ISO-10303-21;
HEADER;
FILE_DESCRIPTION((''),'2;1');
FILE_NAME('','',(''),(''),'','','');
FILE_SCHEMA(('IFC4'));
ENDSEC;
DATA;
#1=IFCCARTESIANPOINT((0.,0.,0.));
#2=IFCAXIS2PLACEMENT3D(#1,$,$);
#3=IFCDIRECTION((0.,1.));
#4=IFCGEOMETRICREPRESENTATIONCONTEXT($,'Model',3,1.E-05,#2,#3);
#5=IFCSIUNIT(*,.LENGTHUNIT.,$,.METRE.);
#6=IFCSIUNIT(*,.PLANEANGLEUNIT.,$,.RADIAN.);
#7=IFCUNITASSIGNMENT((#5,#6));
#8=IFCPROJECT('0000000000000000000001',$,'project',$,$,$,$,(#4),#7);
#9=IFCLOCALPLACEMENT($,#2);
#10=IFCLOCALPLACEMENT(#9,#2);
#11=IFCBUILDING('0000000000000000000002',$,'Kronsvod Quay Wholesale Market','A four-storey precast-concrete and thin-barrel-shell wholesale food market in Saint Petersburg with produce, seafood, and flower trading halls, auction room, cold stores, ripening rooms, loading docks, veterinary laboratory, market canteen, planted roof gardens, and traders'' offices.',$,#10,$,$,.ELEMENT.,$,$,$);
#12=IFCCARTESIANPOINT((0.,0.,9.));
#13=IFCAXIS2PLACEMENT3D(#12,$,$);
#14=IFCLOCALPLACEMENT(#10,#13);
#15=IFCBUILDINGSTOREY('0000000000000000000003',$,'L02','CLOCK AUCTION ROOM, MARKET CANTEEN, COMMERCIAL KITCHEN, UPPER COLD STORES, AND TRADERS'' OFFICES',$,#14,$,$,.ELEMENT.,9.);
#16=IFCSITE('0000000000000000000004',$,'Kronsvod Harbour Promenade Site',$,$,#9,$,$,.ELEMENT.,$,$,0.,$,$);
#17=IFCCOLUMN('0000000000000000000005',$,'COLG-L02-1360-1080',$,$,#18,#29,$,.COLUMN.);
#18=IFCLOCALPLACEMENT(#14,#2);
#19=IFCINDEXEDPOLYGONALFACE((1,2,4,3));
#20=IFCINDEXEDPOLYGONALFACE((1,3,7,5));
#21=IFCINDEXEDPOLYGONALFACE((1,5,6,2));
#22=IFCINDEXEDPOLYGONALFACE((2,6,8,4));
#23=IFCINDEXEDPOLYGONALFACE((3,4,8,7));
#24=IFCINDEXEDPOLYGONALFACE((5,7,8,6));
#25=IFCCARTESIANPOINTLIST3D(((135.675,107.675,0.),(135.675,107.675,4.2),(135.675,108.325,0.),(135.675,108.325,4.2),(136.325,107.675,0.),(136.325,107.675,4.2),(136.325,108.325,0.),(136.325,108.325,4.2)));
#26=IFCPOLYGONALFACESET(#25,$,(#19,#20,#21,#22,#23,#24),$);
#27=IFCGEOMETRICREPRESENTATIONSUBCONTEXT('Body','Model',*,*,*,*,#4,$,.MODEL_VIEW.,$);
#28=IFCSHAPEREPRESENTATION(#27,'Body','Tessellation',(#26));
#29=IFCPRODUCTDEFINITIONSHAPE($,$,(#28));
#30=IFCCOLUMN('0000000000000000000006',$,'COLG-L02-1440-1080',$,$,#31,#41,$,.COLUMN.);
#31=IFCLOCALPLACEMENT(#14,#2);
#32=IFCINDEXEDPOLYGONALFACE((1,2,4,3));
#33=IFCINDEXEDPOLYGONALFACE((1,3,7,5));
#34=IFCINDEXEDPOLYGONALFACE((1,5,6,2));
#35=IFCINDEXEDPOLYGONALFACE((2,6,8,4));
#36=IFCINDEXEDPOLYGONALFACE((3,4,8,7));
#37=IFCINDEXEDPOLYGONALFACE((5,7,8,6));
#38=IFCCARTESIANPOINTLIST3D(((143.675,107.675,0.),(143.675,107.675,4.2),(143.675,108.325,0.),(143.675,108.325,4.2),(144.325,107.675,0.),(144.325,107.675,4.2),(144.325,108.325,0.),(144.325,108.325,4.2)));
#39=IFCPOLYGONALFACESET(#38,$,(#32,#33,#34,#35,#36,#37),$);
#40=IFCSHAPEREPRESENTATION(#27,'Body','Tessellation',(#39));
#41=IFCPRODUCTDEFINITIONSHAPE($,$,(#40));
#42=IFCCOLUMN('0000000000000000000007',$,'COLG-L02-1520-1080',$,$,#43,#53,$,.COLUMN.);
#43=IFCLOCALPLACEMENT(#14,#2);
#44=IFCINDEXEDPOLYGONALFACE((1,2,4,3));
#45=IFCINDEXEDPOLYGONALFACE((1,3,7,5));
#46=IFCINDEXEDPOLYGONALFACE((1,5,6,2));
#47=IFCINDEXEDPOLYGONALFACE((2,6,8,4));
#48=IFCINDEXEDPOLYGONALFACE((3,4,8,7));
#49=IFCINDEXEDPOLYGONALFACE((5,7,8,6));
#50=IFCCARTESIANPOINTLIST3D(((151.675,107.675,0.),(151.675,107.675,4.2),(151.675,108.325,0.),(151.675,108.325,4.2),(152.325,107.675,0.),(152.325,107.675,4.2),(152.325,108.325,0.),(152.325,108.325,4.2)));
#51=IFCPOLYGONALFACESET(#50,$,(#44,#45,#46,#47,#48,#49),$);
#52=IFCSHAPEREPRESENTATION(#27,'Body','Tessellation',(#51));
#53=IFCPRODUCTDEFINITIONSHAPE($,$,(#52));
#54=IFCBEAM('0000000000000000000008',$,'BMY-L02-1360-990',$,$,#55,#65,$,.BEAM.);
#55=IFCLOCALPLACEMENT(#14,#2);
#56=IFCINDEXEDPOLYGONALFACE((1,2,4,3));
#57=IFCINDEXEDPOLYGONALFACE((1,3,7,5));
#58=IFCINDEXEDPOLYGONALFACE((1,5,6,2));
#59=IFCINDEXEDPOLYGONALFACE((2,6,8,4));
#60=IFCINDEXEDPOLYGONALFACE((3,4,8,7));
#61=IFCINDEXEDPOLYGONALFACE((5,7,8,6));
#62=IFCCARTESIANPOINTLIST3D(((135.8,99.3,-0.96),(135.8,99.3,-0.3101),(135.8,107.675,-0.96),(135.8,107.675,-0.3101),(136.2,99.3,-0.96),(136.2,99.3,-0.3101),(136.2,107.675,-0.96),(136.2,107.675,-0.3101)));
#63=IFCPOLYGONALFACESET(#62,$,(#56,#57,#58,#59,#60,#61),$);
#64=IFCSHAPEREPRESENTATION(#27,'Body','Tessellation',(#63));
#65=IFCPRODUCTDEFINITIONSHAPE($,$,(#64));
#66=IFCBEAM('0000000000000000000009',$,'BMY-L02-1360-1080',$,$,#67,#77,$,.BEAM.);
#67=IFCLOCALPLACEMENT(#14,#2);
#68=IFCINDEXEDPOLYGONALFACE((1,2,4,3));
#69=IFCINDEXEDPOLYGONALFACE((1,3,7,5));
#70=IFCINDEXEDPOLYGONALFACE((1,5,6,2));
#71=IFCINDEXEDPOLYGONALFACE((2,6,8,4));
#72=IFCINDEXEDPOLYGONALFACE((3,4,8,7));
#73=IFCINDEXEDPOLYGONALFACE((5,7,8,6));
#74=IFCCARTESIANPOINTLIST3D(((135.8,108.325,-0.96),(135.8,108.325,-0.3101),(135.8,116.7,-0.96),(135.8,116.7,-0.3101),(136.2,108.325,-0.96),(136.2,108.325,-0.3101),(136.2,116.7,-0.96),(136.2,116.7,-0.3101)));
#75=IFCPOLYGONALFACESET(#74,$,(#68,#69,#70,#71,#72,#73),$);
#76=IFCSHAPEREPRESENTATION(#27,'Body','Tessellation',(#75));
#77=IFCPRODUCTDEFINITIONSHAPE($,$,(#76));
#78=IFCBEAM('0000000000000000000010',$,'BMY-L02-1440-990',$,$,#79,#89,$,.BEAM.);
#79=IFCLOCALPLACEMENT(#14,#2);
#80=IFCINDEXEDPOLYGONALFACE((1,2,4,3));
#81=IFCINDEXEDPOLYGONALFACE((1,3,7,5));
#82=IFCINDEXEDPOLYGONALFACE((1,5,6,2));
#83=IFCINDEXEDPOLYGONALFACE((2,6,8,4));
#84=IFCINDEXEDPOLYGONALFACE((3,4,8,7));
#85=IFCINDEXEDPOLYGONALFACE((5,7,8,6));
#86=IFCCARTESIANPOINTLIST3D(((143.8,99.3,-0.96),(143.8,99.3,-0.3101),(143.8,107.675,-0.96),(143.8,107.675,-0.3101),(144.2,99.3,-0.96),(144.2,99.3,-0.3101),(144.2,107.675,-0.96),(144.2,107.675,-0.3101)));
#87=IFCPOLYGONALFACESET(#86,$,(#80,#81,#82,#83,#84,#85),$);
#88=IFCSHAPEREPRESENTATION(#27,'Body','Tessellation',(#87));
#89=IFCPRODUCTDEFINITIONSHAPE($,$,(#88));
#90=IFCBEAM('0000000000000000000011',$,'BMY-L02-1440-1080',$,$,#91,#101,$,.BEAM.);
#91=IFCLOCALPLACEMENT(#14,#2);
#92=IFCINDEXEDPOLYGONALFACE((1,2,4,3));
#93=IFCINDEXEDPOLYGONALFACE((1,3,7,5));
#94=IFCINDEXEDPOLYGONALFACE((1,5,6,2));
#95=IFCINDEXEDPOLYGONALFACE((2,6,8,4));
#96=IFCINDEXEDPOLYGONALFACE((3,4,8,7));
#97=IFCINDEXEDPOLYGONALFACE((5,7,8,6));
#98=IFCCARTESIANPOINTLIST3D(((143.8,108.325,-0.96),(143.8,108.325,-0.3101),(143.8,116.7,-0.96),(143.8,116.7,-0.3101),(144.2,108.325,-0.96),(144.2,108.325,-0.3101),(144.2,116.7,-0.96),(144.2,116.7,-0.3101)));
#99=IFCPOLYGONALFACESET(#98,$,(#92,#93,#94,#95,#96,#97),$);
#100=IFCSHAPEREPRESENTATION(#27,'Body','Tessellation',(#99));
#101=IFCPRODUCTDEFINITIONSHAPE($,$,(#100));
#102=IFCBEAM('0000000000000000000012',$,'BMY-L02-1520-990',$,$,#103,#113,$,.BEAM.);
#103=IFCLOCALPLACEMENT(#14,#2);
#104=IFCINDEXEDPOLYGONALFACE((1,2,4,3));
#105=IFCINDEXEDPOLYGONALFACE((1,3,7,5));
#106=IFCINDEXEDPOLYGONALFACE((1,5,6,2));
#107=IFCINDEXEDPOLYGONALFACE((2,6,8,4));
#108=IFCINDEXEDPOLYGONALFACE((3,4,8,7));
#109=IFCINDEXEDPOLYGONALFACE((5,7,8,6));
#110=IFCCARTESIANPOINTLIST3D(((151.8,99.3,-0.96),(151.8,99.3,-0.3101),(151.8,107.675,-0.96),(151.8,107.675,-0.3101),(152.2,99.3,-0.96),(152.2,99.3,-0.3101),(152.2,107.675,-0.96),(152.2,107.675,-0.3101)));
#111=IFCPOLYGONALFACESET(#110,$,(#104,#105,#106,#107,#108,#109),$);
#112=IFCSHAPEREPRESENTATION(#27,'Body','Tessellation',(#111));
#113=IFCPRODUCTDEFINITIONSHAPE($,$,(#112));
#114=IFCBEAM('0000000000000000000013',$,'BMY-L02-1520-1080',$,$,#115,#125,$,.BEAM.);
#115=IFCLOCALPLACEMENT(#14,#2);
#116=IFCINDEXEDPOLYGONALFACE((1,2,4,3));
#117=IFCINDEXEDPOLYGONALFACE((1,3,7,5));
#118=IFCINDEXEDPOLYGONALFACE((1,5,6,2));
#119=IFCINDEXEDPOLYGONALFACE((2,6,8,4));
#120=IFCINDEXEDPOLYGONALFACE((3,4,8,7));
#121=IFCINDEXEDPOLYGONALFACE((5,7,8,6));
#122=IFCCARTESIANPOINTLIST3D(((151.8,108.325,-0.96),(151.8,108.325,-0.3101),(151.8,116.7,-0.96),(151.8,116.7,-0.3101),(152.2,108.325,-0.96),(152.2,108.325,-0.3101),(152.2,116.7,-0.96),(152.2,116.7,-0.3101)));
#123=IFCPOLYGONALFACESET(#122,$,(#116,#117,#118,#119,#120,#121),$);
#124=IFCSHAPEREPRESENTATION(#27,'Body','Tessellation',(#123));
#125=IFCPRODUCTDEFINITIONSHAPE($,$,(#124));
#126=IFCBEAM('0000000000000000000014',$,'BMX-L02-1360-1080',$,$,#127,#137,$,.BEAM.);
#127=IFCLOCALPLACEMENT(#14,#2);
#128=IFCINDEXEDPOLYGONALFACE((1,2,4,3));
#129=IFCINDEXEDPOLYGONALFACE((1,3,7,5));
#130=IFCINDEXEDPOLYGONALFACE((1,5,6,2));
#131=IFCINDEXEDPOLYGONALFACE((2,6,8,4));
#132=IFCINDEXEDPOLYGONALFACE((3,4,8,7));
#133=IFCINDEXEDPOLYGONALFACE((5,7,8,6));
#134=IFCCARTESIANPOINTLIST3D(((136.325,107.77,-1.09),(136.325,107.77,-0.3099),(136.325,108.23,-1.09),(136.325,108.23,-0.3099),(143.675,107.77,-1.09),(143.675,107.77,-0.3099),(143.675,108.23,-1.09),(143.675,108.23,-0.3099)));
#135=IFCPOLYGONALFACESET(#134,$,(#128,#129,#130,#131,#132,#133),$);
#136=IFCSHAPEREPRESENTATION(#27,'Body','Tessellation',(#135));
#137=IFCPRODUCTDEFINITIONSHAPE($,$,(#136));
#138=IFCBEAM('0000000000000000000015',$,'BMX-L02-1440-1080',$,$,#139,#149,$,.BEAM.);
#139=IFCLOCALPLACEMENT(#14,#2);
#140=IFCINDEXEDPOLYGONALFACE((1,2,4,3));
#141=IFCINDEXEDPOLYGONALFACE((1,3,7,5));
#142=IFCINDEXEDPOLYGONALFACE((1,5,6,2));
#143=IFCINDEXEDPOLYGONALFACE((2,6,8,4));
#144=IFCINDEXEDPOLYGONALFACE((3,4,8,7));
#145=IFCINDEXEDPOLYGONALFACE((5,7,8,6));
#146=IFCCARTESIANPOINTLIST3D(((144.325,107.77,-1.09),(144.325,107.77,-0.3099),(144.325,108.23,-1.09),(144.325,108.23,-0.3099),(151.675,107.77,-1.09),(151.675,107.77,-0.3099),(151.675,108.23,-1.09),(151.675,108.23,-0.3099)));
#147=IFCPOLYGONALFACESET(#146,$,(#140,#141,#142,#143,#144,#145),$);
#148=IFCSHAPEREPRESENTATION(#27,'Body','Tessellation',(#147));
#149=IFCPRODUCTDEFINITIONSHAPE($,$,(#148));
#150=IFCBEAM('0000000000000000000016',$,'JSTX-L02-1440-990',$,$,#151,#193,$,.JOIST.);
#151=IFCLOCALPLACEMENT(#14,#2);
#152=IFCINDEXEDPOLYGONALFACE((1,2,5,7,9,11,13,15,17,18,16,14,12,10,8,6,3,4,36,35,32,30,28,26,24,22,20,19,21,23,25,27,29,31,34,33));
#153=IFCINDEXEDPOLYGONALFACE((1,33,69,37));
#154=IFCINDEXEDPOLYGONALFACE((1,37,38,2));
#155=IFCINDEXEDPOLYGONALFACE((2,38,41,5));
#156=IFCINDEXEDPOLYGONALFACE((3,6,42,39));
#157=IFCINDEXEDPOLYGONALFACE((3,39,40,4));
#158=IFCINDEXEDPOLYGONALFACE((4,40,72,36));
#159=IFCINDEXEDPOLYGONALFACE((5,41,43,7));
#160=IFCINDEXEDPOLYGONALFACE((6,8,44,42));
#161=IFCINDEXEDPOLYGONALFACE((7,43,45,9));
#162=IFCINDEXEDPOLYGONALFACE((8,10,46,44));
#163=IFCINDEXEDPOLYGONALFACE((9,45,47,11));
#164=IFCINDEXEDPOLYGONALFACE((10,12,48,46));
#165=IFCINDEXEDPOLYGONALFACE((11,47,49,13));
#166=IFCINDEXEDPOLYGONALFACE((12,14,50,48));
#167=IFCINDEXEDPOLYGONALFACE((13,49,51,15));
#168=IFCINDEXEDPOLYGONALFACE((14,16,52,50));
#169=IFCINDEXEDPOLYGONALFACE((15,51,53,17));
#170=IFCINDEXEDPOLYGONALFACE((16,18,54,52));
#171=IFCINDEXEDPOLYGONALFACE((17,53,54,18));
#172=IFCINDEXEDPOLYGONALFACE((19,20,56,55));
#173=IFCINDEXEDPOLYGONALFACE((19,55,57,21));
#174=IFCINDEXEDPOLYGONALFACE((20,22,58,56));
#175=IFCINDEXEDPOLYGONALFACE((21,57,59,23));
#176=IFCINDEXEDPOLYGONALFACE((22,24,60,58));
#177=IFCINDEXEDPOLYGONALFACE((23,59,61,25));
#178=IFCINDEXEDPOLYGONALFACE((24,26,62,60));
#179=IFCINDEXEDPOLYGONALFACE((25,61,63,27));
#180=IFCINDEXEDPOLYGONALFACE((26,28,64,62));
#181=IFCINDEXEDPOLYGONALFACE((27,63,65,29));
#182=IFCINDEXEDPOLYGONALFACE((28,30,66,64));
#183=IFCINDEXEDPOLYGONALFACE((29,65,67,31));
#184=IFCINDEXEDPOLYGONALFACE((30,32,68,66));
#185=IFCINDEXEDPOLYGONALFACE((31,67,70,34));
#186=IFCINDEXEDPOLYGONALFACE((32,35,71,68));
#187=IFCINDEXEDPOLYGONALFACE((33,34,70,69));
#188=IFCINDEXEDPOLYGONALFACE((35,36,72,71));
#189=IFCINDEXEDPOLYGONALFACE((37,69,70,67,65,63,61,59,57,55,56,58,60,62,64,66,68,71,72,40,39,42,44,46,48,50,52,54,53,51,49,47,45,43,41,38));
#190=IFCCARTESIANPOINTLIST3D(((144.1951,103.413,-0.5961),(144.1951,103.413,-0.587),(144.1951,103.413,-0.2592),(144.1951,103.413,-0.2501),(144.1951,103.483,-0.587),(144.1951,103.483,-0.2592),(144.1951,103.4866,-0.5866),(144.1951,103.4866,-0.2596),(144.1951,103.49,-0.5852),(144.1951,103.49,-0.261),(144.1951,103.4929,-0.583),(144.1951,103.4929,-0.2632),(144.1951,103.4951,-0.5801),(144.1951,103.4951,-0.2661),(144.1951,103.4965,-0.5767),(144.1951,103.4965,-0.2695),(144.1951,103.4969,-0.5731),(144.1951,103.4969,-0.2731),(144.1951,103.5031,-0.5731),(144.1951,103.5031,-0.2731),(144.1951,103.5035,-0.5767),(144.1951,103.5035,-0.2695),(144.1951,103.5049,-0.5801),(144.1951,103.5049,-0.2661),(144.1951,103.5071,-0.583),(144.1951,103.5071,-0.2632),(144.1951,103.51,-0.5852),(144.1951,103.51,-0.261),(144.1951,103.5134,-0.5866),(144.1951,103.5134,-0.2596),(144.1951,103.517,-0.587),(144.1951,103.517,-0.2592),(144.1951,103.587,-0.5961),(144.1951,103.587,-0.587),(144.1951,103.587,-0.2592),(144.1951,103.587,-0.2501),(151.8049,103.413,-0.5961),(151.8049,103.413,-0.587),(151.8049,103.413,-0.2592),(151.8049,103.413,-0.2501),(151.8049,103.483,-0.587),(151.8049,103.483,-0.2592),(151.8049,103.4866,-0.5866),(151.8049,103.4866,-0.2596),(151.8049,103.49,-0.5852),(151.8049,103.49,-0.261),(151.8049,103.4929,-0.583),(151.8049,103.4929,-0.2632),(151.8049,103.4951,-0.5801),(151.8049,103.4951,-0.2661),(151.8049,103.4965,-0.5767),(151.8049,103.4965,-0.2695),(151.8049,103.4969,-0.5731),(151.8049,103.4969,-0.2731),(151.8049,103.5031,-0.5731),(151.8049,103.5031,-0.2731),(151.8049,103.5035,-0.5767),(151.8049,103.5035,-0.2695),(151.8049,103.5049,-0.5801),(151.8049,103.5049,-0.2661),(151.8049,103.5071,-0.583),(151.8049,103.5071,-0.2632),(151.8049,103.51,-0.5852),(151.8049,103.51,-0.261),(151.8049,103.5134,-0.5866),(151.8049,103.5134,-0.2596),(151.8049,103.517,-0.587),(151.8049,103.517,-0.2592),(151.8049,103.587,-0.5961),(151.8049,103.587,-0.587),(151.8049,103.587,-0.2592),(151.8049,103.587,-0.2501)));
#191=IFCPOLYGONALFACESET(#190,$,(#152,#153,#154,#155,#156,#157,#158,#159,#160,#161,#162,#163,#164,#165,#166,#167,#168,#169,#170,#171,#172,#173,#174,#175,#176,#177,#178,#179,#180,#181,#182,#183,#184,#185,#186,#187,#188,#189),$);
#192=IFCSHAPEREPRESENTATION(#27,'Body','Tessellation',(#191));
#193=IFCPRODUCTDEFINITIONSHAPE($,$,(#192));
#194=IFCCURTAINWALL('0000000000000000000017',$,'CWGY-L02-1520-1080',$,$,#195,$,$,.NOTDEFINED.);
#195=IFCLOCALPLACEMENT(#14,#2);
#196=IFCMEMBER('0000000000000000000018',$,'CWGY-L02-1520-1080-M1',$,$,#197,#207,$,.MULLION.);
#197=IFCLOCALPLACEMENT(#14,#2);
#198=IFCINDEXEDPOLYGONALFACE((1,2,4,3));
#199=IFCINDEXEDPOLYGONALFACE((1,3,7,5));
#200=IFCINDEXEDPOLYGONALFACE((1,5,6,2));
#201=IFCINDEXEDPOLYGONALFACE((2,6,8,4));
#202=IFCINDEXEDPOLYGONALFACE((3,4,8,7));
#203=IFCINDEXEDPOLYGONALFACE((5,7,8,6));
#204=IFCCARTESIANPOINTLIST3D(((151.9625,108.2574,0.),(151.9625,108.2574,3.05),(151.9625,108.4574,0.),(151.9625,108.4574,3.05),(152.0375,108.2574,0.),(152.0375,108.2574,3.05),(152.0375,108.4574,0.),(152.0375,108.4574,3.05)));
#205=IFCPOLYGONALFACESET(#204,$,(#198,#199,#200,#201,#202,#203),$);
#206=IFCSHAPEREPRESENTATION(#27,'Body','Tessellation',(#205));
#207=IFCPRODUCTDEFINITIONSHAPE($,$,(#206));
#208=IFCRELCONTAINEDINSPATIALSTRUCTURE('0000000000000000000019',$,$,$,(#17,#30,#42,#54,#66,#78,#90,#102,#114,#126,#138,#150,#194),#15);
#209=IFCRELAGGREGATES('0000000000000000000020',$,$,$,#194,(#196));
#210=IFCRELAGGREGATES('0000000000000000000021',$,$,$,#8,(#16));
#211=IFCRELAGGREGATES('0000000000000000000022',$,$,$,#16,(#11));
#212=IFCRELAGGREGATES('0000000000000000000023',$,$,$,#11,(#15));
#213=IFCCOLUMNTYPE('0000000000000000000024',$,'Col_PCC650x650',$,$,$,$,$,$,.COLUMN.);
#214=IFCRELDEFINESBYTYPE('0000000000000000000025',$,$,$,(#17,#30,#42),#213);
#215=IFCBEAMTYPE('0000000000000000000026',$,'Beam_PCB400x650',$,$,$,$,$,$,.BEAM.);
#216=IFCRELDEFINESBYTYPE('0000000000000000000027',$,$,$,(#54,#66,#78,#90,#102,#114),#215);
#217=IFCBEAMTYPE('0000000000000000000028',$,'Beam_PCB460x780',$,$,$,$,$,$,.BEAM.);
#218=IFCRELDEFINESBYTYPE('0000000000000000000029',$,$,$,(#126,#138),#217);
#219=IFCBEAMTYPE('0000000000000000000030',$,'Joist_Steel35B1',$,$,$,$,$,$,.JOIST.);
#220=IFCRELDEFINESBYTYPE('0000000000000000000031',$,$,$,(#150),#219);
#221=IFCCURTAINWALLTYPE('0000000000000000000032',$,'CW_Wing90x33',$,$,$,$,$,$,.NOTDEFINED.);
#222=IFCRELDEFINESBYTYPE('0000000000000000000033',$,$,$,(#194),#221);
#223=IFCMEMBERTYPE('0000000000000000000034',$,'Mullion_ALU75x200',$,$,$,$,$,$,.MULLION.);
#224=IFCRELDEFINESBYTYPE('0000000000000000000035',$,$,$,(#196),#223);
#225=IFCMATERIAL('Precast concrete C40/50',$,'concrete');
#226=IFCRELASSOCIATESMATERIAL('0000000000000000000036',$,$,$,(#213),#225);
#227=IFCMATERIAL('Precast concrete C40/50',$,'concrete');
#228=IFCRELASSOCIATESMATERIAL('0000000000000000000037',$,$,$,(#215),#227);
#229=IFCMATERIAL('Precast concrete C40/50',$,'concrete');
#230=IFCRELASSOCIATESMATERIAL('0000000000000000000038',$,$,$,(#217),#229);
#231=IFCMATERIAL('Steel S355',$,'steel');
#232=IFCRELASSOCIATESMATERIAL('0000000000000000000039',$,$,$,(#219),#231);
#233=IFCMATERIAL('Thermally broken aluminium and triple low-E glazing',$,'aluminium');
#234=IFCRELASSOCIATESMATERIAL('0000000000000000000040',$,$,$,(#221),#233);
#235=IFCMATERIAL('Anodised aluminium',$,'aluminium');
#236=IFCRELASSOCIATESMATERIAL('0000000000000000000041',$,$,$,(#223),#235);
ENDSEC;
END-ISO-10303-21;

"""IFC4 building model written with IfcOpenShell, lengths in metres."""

from ifc_helpers import new_model, si_unit, direction, frame, origin, origin_2d, place, context, subcontext, project, spatial, rectangle, i_section, extrude, material, material_profile, profile_set, type_object, element, aggregate, save


model = new_model("IFC4")

# Units and contexts
model_context = context("Model", 3, precision=1e-05, world=origin(), true_north=direction((0.0, 1.0)))
body_context = subcontext(model_context, "Body", "Model", "MODEL_VIEW")
ifc_project = project(units=[si_unit("LENGTHUNIT", "METRE"), si_unit("PLANEANGLEUNIT", "RADIAN")], contexts=[model_context])

# Site, building, storey
site_placement = place(None, origin())
site = spatial("IfcSite", under=ifc_project, at=site_placement, Name="Kronsvod Harbour Promenade Site", CompositionType="ELEMENT", RefElevation=0.0)
building_placement = place(site_placement, origin())
building = spatial("IfcBuilding", under=site, at=building_placement, Name="Kronsvod Quay Wholesale Market", Description="A four-storey precast-concrete and thin-barrel-shell wholesale food market in Saint Petersburg with produce, seafood, and flower trading halls, auction room, cold stores, ripening rooms, loading docks, veterinary laboratory, market canteen, planted roof gardens, and traders' offices.", CompositionType="ELEMENT")
storey_placement = place(building_placement, frame((0.0, 0.0, 9.0)))
storey = spatial("IfcBuildingStorey", under=building, at=storey_placement, Name="L02", Description="CLOCK AUCTION ROOM, MARKET CANTEEN, COMMERCIAL KITCHEN, UPPER COLD STORES, AND TRADERS' OFFICES", CompositionType="ELEMENT", Elevation=9.0)

# Columns
ifc_material_1 = material(Name="Precast concrete C40/50", Category="concrete")
ifc_material_profile_1 = material_profile(ifc_material_1, rectangle(XDim=0.6499, YDim=0.6499, at=origin_2d()), Name="COL-08")
ifc_profile_set_1 = profile_set([ifc_material_profile_1], Name="Precast concrete C40/50")
column_type = type_object("IfcColumnType", Name="Col_PCC650x650", PredefinedType="COLUMN", material=ifc_profile_set_1)
for number, where, z_axis, x_axis, name in (
    (1, (136.0, 108.0, 0.0), (0.0, 0.0, 1.0), (1.0, 0.0, 0.0), "COLG-L02-1360-1080"),
    (2, (144.0, 108.0, 0.0), (0.0, 0.0, 1.0), (1.0, 0.0, 0.0), "COLG-L02-1440-1080"),
    (3, (152.0, 108.0, 0.0), (0.0, 0.0, 1.0), (1.0, 0.0, 0.0), "COLG-L02-1520-1080"),
):
    element("IfcColumn", number, at=place(storey_placement, frame(where, z_axis=z_axis, x_axis=x_axis)), inside=storey, type_object=column_type, Name=name, PredefinedType="COLUMN", context=body_context, shape_type="SweptSolid", body=[
        extrude(rectangle(XDim=0.6499, YDim=0.6499, at=origin_2d()), origin(), (0.0, 0.0, 1.0), 4.2),
    ])

# Beams
ifc_material_2 = material(Name="Precast concrete C40/50", Category="concrete")
ifc_material_profile_2 = material_profile(ifc_material_2, rectangle(XDim=0.3999, YDim=0.6499, at=origin_2d()), Name="PCB400x650")
ifc_profile_set_2 = profile_set([ifc_material_profile_2], Name="Precast concrete C40/50")
beam_type_1 = type_object("IfcBeamType", Name="Beam_PCB400x650", PredefinedType="BEAM", material=ifc_profile_set_2)
for number, where, z_axis, x_axis, name in (
    (4, (136.0, 99.3, -0.635), (0.0, 1.0, 0.0), (-1.0, 0.0, 0.0), "BMY-L02-1360-990"),
    (5, (136.0, 108.325, -0.635), (0.0, 1.0, 0.0), (-1.0, 0.0, 0.0), "BMY-L02-1360-1080"),
    (6, (144.0, 99.3, -0.635), (0.0, 1.0, 0.0), (-1.0, 0.0, 0.0), "BMY-L02-1440-990"),
    (7, (144.0, 108.325, -0.635), (0.0, 1.0, 0.0), (-1.0, 0.0, 0.0), "BMY-L02-1440-1080"),
    (8, (152.0, 99.3, -0.635), (0.0, 1.0, 0.0), (-1.0, 0.0, 0.0), "BMY-L02-1520-990"),
    (9, (152.0, 108.325, -0.635), (0.0, 1.0, 0.0), (-1.0, 0.0, 0.0), "BMY-L02-1520-1080"),
):
    element("IfcBeam", number, at=place(storey_placement, frame(where, z_axis=z_axis, x_axis=x_axis)), inside=storey, type_object=beam_type_1, Name=name, PredefinedType="BEAM", context=body_context, shape_type="SweptSolid", body=[
        extrude(rectangle(XDim=0.3999, YDim=0.6499, at=origin_2d()), origin(), (0.0, 0.0, 1.0), 8.375),
    ])
ifc_material_3 = material(Name="Precast concrete C40/50", Category="concrete")
ifc_material_profile_3 = material_profile(ifc_material_3, rectangle(XDim=0.46, YDim=0.78, at=origin_2d()), Name="PB-03")
ifc_profile_set_3 = profile_set([ifc_material_profile_3], Name="Precast concrete C40/50")
beam_type_2 = type_object("IfcBeamType", Name="Beam_PCB460x780", PredefinedType="BEAM", material=ifc_profile_set_3)
for number, where, z_axis, x_axis, name in (
    (10, (136.325, 108.0, -0.7), (1.0, 0.0, 0.0), (0.0, 1.0, 0.0), "BMX-L02-1360-1080"),
    (11, (144.325, 108.0, -0.7), (1.0, 0.0, 0.0), (0.0, 1.0, 0.0), "BMX-L02-1440-1080"),
):
    element("IfcBeam", number, at=place(storey_placement, frame(where, z_axis=z_axis, x_axis=x_axis)), inside=storey, type_object=beam_type_2, Name=name, PredefinedType="BEAM", context=body_context, shape_type="SweptSolid", body=[
        extrude(rectangle(XDim=0.46, YDim=0.78, at=origin_2d()), origin(), (0.0, 0.0, 1.0), 7.3501),
    ])
ifc_material_4 = material(Name="Steel S355", Category="steel")
ifc_material_profile_4 = material_profile(ifc_material_4, i_section(OverallWidth=0.1741, OverallDepth=0.3459, WebThickness=0.0061, FlangeThickness=0.009, FilletRadius=0.0139, at=origin_2d()), Name="35B1")
ifc_profile_set_4 = profile_set([ifc_material_profile_4], Name="Steel S355")
beam_type_3 = type_object("IfcBeamType", Name="Joist_Steel35B1", PredefinedType="JOIST", material=ifc_profile_set_4)
beam_placement = place(storey_placement, frame((144.1951, 103.5, -0.4231), z_axis=(1.0, 0.0, 0.0), x_axis=(0.0, 1.0, 0.0)))
element("IfcBeam", 12, at=beam_placement, inside=storey, type_object=beam_type_3, Name="JSTX-L02-1440-990", PredefinedType="JOIST", context=body_context, shape_type="SweptSolid", body=[
    extrude(i_section(OverallWidth=0.1741, OverallDepth=0.3459, WebThickness=0.0061, FlangeThickness=0.009, FilletRadius=0.0139, at=origin_2d()), origin(), (0.0, 0.0, 1.0), 7.6099),
])

# Curtain wall, member
ifc_material_5 = material(Name="Thermally broken aluminium and triple low-E glazing", Category="aluminium")
curtain_wall_type = type_object("IfcCurtainWallType", Name="CW_Wing90x33", PredefinedType="NOTDEFINED", material=ifc_material_5)
curtain_wall_placement = place(storey_placement, origin())
curtain_wall = element("IfcCurtainWall", 13, at=curtain_wall_placement, inside=storey, type_object=curtain_wall_type, Name="CWGY-L02-1520-1080", PredefinedType="NOTDEFINED")
ifc_material_6 = material(Name="Anodised aluminium", Category="aluminium")
ifc_material_profile_5 = material_profile(ifc_material_6, rectangle(XDim=0.075, YDim=0.2, at=origin_2d()), Name="ALUM75x200")
ifc_profile_set_5 = profile_set([ifc_material_profile_5], Name="Anodised aluminium")
member_type_1 = type_object("IfcMemberType", Name="Mullion_ALU75x200", PredefinedType="MULLION", material=ifc_profile_set_5)
member_1_placement = place(storey_placement, frame((152.0, 108.3574, 0.0), z_axis=(0.0, 0.0, 1.0), x_axis=(1.0, 0.0, 0.0)))
member_1 = element("IfcMember", 14, at=member_1_placement, type_object=member_type_1, Name="CWGY-L02-1520-1080-M1", PredefinedType="MULLION", context=body_context, shape_type="SweptSolid", body=[
    extrude(rectangle(XDim=0.075, YDim=0.2, at=origin_2d()), origin(), (0.0, 0.0, 1.0), 3.05),
])
aggregate(curtain_wall, [member_1])

save(model, "model.ifc")
